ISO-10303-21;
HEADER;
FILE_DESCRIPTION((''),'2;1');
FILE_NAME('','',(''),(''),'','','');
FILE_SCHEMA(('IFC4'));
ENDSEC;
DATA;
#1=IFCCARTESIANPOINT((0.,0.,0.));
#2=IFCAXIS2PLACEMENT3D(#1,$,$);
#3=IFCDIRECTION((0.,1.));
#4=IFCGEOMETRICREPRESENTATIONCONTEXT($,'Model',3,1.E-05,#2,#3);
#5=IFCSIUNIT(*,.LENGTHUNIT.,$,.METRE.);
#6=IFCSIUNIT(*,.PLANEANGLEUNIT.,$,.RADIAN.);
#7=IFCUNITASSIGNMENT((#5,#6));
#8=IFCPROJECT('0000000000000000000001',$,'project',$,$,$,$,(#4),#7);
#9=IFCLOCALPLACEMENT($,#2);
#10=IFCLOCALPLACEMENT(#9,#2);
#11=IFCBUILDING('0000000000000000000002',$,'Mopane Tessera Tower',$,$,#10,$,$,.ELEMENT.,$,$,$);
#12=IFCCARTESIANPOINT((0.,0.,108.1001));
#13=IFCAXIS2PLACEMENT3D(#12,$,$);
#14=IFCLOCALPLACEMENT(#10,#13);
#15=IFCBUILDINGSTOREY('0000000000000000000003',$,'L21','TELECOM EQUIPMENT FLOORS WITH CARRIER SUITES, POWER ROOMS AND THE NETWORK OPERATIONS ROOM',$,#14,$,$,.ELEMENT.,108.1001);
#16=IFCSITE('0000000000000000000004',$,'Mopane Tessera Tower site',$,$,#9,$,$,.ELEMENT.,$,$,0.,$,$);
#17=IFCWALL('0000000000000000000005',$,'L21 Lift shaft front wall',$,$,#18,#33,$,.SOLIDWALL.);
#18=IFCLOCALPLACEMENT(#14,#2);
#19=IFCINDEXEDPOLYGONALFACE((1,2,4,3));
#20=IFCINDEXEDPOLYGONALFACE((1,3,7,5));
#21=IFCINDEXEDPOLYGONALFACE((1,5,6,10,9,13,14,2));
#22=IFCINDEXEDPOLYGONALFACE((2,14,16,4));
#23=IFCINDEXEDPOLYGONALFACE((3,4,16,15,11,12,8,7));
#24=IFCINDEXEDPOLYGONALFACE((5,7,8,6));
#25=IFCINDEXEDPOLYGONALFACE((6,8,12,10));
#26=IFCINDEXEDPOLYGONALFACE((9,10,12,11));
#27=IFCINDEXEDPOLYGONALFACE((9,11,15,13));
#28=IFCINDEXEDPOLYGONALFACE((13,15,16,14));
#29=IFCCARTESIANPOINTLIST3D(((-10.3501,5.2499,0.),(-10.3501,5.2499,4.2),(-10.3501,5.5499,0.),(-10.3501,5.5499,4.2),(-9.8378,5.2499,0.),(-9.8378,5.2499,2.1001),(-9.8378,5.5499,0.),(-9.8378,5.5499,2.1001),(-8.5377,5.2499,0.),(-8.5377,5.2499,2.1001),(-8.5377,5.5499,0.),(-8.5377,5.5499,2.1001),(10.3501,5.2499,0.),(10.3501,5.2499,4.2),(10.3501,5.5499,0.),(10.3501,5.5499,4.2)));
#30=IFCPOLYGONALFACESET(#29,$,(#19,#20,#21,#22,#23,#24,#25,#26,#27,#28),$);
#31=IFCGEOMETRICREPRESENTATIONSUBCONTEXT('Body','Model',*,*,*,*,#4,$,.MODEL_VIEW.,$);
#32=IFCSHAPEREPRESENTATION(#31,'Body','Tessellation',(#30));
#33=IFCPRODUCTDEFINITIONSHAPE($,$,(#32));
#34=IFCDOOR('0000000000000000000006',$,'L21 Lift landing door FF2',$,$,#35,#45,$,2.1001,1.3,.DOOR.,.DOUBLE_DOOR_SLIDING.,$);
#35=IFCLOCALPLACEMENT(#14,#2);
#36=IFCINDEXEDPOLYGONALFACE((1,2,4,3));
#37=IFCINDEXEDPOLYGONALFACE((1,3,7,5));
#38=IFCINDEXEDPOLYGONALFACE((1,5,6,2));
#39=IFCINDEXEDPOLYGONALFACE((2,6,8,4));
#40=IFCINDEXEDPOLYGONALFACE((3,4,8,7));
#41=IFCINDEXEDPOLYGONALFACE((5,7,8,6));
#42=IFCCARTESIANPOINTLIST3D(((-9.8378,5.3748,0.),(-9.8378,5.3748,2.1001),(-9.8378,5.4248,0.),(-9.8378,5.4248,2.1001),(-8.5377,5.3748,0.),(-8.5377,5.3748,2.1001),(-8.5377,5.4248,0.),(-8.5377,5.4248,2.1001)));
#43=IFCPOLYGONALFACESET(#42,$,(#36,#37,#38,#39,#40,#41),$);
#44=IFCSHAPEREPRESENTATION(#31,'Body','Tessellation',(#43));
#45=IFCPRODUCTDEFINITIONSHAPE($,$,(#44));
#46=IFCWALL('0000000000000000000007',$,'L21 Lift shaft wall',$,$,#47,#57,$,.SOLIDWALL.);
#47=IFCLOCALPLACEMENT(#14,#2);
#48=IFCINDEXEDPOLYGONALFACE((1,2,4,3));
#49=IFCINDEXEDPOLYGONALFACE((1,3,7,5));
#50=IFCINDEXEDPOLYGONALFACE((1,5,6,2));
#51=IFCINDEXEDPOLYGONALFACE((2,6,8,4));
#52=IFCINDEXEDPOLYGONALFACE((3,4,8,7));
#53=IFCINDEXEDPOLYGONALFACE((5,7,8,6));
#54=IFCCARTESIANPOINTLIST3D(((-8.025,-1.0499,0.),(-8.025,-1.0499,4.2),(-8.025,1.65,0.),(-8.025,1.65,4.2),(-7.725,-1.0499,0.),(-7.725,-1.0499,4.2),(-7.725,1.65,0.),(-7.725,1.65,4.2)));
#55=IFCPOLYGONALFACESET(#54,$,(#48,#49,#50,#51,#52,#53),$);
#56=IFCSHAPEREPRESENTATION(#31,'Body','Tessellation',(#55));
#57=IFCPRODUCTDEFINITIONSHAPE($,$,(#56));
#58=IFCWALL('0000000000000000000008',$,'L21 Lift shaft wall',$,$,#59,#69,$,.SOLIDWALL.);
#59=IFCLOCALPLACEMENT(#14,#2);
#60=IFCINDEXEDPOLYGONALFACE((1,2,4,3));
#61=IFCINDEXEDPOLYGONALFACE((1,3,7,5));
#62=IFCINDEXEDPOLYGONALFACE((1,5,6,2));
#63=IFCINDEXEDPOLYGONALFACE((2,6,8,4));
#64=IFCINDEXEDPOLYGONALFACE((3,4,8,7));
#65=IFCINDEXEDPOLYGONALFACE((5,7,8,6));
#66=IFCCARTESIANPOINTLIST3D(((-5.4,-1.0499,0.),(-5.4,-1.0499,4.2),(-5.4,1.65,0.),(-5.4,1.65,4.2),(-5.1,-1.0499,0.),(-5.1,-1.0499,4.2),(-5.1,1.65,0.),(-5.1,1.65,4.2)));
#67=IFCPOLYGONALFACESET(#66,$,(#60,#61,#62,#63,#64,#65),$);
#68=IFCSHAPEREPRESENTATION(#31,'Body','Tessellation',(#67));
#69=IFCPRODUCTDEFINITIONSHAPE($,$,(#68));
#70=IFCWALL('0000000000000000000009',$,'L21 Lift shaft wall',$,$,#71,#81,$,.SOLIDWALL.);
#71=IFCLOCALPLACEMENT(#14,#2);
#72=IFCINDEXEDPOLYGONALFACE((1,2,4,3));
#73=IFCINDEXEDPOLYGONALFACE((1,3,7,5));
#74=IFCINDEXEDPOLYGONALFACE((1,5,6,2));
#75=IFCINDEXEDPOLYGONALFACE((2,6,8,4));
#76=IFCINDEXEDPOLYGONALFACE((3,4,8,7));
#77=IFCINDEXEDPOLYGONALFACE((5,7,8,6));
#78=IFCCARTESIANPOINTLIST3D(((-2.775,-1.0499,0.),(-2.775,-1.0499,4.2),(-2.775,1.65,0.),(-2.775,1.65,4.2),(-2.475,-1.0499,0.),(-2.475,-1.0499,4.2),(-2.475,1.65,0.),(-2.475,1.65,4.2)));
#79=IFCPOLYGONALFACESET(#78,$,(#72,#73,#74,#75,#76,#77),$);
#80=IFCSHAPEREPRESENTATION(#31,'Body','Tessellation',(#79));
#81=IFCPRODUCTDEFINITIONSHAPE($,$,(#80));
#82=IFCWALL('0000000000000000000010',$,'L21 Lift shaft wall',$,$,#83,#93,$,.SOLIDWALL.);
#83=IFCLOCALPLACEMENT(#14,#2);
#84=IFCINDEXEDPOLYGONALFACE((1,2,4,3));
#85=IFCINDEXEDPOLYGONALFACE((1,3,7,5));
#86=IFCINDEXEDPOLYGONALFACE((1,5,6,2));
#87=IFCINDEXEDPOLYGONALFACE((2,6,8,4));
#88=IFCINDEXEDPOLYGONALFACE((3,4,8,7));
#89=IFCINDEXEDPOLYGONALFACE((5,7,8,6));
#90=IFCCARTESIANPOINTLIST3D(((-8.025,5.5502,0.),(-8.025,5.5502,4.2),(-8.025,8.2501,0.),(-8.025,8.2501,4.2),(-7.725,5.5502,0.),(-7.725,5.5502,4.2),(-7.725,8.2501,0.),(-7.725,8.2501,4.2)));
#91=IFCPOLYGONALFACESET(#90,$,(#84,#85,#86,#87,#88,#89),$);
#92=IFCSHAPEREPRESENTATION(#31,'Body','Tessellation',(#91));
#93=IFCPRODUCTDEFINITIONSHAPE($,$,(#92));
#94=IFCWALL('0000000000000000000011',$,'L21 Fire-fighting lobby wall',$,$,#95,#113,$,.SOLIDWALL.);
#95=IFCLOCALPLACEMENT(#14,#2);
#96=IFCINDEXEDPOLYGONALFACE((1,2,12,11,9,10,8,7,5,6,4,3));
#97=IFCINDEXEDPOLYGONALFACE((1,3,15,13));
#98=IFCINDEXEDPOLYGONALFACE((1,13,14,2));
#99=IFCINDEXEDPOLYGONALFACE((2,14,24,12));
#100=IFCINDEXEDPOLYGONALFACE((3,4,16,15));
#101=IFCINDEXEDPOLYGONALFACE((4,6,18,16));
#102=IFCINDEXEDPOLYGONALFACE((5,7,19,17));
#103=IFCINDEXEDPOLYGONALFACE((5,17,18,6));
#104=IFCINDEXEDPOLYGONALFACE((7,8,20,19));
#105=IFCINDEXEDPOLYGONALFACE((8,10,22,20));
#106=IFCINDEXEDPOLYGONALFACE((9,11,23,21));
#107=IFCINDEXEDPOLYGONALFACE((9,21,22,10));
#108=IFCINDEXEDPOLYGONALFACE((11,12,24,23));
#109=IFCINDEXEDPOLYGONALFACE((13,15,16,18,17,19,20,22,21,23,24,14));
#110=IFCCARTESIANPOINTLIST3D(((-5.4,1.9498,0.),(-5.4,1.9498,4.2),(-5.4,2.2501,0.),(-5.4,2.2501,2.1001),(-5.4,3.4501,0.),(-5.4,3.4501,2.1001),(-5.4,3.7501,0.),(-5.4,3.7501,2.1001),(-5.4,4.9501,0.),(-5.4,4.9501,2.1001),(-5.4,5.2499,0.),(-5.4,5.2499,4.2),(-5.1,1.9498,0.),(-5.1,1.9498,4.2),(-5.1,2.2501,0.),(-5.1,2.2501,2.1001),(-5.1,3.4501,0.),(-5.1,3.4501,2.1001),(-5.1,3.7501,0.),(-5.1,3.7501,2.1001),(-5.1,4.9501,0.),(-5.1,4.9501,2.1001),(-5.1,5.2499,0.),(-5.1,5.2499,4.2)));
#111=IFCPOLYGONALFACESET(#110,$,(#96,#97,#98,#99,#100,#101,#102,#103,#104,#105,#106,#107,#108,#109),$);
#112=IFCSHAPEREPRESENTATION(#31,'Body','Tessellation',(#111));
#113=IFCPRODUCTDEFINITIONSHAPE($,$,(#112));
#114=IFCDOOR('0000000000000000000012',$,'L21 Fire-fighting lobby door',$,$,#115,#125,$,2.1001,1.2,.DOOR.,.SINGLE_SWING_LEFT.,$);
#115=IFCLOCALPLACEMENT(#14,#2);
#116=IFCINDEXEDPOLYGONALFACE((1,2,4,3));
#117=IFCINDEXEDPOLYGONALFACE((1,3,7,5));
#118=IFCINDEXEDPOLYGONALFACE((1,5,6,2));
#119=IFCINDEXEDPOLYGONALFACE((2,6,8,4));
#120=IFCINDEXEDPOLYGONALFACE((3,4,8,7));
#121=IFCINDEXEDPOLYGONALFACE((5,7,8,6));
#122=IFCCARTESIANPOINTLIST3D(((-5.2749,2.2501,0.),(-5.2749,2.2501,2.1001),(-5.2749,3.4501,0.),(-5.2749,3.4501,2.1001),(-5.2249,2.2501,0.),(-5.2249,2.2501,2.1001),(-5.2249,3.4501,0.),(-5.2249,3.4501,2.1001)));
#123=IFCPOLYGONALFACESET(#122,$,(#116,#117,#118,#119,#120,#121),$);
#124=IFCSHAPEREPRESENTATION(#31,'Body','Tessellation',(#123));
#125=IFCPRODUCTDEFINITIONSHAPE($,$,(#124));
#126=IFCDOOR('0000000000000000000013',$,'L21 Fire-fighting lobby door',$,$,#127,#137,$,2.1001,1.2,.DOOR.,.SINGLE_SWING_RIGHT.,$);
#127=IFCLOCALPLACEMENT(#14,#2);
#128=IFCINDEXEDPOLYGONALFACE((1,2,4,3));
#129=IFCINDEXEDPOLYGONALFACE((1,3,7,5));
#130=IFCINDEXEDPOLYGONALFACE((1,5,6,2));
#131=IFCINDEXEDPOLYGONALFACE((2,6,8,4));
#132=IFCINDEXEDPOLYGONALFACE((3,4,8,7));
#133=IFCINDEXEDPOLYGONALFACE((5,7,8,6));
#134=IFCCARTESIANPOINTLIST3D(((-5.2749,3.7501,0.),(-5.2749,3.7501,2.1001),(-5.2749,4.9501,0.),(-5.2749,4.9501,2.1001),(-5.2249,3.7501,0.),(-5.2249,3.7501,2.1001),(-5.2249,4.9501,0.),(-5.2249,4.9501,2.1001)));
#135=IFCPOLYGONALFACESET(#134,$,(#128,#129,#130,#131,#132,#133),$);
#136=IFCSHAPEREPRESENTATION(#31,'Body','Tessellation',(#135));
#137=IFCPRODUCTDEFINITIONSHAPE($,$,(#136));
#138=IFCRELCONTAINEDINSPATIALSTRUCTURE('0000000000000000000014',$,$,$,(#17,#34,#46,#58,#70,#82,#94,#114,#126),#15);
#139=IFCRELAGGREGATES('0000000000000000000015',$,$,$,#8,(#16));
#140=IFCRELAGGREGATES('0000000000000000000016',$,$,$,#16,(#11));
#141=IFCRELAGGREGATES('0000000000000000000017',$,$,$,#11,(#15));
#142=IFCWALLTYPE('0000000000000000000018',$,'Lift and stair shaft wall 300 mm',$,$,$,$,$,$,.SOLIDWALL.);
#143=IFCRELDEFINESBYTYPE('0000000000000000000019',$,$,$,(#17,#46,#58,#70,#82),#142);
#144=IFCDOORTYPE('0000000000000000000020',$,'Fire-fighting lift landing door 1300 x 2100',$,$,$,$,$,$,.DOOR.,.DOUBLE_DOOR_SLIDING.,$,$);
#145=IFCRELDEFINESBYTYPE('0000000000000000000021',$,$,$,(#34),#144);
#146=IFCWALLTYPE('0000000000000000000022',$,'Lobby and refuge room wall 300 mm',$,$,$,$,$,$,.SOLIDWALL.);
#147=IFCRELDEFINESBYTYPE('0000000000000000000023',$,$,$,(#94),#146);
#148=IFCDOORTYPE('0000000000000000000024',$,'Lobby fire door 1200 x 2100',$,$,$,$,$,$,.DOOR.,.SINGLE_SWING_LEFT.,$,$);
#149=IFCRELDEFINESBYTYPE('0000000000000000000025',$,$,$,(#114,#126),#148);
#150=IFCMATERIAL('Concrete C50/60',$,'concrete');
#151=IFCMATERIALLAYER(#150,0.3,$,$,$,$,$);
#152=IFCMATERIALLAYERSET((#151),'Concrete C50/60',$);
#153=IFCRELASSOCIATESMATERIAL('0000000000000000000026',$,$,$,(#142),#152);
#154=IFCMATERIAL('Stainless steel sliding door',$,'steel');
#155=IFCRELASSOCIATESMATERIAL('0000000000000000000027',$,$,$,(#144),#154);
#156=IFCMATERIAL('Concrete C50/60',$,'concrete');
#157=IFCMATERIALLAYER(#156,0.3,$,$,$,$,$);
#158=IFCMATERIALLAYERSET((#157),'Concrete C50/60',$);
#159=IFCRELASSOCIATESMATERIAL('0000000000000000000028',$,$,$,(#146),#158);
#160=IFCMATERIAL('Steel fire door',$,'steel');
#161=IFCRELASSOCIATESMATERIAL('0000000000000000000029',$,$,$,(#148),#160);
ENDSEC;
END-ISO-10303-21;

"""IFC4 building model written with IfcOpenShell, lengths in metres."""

from ifc_helpers import new_model, si_unit, direction, frame, frame_2d, origin, place, context, subcontext, project, spatial, rectangle, extrude, material, layer, layer_set, type_object, element, fill, save


model = new_model("IFC4")

# Units and contexts
model_context = context("Model", 3, precision=1e-05, world=origin(), true_north=direction((0.0, 1.0)))
body_context = subcontext(model_context, "Body", "Model", "MODEL_VIEW")
ifc_project = project(units=[si_unit("LENGTHUNIT", "METRE"), si_unit("PLANEANGLEUNIT", "RADIAN")], contexts=[model_context])

# Site, building, storey
site_placement = place(None, origin())
site = spatial("IfcSite", under=ifc_project, at=site_placement, Name="Mopane Tessera Tower site", CompositionType="ELEMENT", RefElevation=0.0)
building_placement = place(site_placement, origin())
building = spatial("IfcBuilding", under=site, at=building_placement, Name="Mopane Tessera Tower", CompositionType="ELEMENT")
storey_placement = place(building_placement, frame((0.0, 0.0, 108.1001)))
storey = spatial("IfcBuildingStorey", under=building, at=storey_placement, Name="L21", Description="TELECOM EQUIPMENT FLOORS WITH CARRIER SUITES, POWER ROOMS AND THE NETWORK OPERATIONS ROOM", CompositionType="ELEMENT", Elevation=108.1001)

# Shared definitions
ifc_material_1 = material(Name="Concrete C50/60", Category="concrete")
ifc_layer_1 = layer(ifc_material_1, 0.3)
ifc_layer_set_1 = layer_set([ifc_layer_1], Name="Concrete C50/60")
wall_type_1 = type_object("IfcWallType", Name="Lift and stair shaft wall 300 mm", PredefinedType="SOLIDWALL", material=ifc_layer_set_1)

# Shared definitions
ifc_material_2 = material(Name="Stainless steel sliding door", Category="steel")
door_type_1 = type_object("IfcDoorType", Name="Fire-fighting lift landing door 1300 x 2100", OperationType="DOUBLE_DOOR_SLIDING", PredefinedType="DOOR", material=ifc_material_2)

# Wall, opening, door
wall_1_placement = place(storey_placement, frame((-10.3501, 5.3999, 0.0), z_axis=(0.0, 0.0, 1.0), x_axis=(1.0, 0.0, 0.0)))
wall_1 = element("IfcWall", 1, at=wall_1_placement, inside=storey, type_object=wall_type_1, Name="L21 Lift shaft front wall", PredefinedType="SOLIDWALL", context=body_context, shape_type="SweptSolid", body=[
    extrude(rectangle(XDim=20.7002, YDim=0.3, at=frame_2d((10.3501, 0.0))), origin(), (0.0, 0.0, 1.0), 4.2),
])
opening_1_placement = place(wall_1_placement, frame((0.5125, 0.0, 0.0)))
opening_1 = element("IfcOpeningElement", 2, at=opening_1_placement, cuts=wall_1, PredefinedType="OPENING", context=body_context, shape_type="SweptSolid", body=[
    extrude(rectangle(XDim=1.3, YDim=2.1001, at=frame_2d((0.6499, 1.05))), frame((0.0, 0.1621, 0.0), z_axis=(0.0, -1.0, 0.0), x_axis=(1.0, 0.0, 0.0)), (0.0, 0.0, 1.0), 0.324),
])
door_1_placement = place(opening_1_placement, origin())
door_1 = element("IfcDoor", 3, at=door_1_placement, inside=storey, type_object=door_type_1, Name="L21 Lift landing door FF2", OperationType="DOUBLE_DOOR_SLIDING", OverallHeight=2.1001, OverallWidth=1.3, PredefinedType="DOOR", context=body_context, shape_type="SweptSolid", body=[
    extrude(rectangle(XDim=1.3, YDim=2.1001, at=frame_2d((0.6499, 1.05))), frame((0.0, 0.0249, 0.0), z_axis=(0.0, -1.0, 0.0), x_axis=(1.0, 0.0, 0.0)), (0.0, 0.0, 1.0), 0.05),
])
fill(opening_1, door_1)

# Walls
for number, where, z_axis, x_axis, name in (
    (4, (-7.875, -1.05, 0.0), (0.0, 0.0, 1.0), (0.0, 1.0, 0.0), "L21 Lift shaft wall"),
    (5, (-5.25, -1.05, 0.0), (0.0, 0.0, 1.0), (0.0, 1.0, 0.0), "L21 Lift shaft wall"),
    (6, (-2.625, -1.05, 0.0), (0.0, 0.0, 1.0), (0.0, 1.0, 0.0), "L21 Lift shaft wall"),
    (7, (-7.875, 5.55, 0.0), (0.0, 0.0, 1.0), (0.0, 1.0, 0.0), "L21 Lift shaft wall"),
):
    element("IfcWall", number, at=place(storey_placement, frame(where, z_axis=z_axis, x_axis=x_axis)), inside=storey, type_object=wall_type_1, Name=name, PredefinedType="SOLIDWALL", context=body_context, shape_type="SweptSolid", body=[
        extrude(rectangle(XDim=2.7, YDim=0.3, at=frame_2d((1.3501, 0.0))), origin(), (0.0, 0.0, 1.0), 4.2),
    ])

# Wall, openings, doors
ifc_material_3 = material(Name="Concrete C50/60", Category="concrete")
ifc_layer_2 = layer(ifc_material_3, 0.3)
ifc_layer_set_2 = layer_set([ifc_layer_2], Name="Concrete C50/60")
wall_type_2 = type_object("IfcWallType", Name="Lobby and refuge room wall 300 mm", PredefinedType="SOLIDWALL", material=ifc_layer_set_2)
wall_2_placement = place(storey_placement, frame((-5.25, 1.95, 0.0), z_axis=(0.0, 0.0, 1.0), x_axis=(0.0, 1.0, 0.0)))
wall_2 = element("IfcWall", 8, at=wall_2_placement, inside=storey, type_object=wall_type_2, Name="L21 Fire-fighting lobby wall", PredefinedType="SOLIDWALL", context=body_context, shape_type="SweptSolid", body=[
    extrude(rectangle(XDim=3.3, YDim=0.3, at=frame_2d((1.6499, 0.0))), origin(), (0.0, 0.0, 1.0), 4.2),
])
opening_2_placement = place(wall_2_placement, frame((0.3, 0.0, 0.0)))
opening_2 = element("IfcOpeningElement", 9, at=opening_2_placement, cuts=wall_2, PredefinedType="OPENING", context=body_context, shape_type="SweptSolid", body=[
    extrude(rectangle(XDim=1.2, YDim=2.1001, at=frame_2d((0.6001, 1.05))), frame((0.0, 0.1621, 0.0), z_axis=(0.0, -1.0, 0.0), x_axis=(1.0, 0.0, 0.0)), (0.0, 0.0, 1.0), 0.324),
])
opening_3_placement = place(wall_2_placement, frame((1.8, 0.0, 0.0)))
opening_3 = element("IfcOpeningElement", 10, at=opening_3_placement, cuts=wall_2, PredefinedType="OPENING", context=body_context, shape_type="SweptSolid", body=[
    extrude(rectangle(XDim=1.2, YDim=2.1001, at=frame_2d((0.6001, 1.05))), frame((0.0, 0.1621, 0.0), z_axis=(0.0, -1.0, 0.0), x_axis=(1.0, 0.0, 0.0)), (0.0, 0.0, 1.0), 0.324),
])
ifc_material_4 = material(Name="Steel fire door", Category="steel")
door_type_2 = type_object("IfcDoorType", Name="Lobby fire door 1200 x 2100", OperationType="SINGLE_SWING_LEFT", PredefinedType="DOOR", material=ifc_material_4)
door_2_placement = place(opening_2_placement, origin())
door_2 = element("IfcDoor", 11, at=door_2_placement, inside=storey, type_object=door_type_2, Name="L21 Fire-fighting lobby door", OperationType="SINGLE_SWING_LEFT", OverallHeight=2.1001, OverallWidth=1.2, PredefinedType="DOOR", context=body_context, shape_type="SweptSolid", body=[
    extrude(rectangle(XDim=1.2, YDim=2.1001, at=frame_2d((0.6001, 1.05))), frame((0.0, 0.0249, 0.0), z_axis=(0.0, -1.0, 0.0), x_axis=(1.0, 0.0, 0.0)), (0.0, 0.0, 1.0), 0.05),
])
fill(opening_2, door_2)
door_3_placement = place(opening_3_placement, origin())
door_3 = element("IfcDoor", 12, at=door_3_placement, inside=storey, type_object=door_type_2, Name="L21 Fire-fighting lobby door", OperationType="SINGLE_SWING_RIGHT", OverallHeight=2.1001, OverallWidth=1.2, PredefinedType="DOOR", context=body_context, shape_type="SweptSolid", body=[
    extrude(rectangle(XDim=1.2, YDim=2.1001, at=frame_2d((0.6001, 1.05))), frame((0.0, 0.0249, 0.0), z_axis=(0.0, -1.0, 0.0), x_axis=(1.0, 0.0, 0.0)), (0.0, 0.0, 1.0), 0.05),
])
fill(opening_3, door_3)

save(model, "model.ifc")
